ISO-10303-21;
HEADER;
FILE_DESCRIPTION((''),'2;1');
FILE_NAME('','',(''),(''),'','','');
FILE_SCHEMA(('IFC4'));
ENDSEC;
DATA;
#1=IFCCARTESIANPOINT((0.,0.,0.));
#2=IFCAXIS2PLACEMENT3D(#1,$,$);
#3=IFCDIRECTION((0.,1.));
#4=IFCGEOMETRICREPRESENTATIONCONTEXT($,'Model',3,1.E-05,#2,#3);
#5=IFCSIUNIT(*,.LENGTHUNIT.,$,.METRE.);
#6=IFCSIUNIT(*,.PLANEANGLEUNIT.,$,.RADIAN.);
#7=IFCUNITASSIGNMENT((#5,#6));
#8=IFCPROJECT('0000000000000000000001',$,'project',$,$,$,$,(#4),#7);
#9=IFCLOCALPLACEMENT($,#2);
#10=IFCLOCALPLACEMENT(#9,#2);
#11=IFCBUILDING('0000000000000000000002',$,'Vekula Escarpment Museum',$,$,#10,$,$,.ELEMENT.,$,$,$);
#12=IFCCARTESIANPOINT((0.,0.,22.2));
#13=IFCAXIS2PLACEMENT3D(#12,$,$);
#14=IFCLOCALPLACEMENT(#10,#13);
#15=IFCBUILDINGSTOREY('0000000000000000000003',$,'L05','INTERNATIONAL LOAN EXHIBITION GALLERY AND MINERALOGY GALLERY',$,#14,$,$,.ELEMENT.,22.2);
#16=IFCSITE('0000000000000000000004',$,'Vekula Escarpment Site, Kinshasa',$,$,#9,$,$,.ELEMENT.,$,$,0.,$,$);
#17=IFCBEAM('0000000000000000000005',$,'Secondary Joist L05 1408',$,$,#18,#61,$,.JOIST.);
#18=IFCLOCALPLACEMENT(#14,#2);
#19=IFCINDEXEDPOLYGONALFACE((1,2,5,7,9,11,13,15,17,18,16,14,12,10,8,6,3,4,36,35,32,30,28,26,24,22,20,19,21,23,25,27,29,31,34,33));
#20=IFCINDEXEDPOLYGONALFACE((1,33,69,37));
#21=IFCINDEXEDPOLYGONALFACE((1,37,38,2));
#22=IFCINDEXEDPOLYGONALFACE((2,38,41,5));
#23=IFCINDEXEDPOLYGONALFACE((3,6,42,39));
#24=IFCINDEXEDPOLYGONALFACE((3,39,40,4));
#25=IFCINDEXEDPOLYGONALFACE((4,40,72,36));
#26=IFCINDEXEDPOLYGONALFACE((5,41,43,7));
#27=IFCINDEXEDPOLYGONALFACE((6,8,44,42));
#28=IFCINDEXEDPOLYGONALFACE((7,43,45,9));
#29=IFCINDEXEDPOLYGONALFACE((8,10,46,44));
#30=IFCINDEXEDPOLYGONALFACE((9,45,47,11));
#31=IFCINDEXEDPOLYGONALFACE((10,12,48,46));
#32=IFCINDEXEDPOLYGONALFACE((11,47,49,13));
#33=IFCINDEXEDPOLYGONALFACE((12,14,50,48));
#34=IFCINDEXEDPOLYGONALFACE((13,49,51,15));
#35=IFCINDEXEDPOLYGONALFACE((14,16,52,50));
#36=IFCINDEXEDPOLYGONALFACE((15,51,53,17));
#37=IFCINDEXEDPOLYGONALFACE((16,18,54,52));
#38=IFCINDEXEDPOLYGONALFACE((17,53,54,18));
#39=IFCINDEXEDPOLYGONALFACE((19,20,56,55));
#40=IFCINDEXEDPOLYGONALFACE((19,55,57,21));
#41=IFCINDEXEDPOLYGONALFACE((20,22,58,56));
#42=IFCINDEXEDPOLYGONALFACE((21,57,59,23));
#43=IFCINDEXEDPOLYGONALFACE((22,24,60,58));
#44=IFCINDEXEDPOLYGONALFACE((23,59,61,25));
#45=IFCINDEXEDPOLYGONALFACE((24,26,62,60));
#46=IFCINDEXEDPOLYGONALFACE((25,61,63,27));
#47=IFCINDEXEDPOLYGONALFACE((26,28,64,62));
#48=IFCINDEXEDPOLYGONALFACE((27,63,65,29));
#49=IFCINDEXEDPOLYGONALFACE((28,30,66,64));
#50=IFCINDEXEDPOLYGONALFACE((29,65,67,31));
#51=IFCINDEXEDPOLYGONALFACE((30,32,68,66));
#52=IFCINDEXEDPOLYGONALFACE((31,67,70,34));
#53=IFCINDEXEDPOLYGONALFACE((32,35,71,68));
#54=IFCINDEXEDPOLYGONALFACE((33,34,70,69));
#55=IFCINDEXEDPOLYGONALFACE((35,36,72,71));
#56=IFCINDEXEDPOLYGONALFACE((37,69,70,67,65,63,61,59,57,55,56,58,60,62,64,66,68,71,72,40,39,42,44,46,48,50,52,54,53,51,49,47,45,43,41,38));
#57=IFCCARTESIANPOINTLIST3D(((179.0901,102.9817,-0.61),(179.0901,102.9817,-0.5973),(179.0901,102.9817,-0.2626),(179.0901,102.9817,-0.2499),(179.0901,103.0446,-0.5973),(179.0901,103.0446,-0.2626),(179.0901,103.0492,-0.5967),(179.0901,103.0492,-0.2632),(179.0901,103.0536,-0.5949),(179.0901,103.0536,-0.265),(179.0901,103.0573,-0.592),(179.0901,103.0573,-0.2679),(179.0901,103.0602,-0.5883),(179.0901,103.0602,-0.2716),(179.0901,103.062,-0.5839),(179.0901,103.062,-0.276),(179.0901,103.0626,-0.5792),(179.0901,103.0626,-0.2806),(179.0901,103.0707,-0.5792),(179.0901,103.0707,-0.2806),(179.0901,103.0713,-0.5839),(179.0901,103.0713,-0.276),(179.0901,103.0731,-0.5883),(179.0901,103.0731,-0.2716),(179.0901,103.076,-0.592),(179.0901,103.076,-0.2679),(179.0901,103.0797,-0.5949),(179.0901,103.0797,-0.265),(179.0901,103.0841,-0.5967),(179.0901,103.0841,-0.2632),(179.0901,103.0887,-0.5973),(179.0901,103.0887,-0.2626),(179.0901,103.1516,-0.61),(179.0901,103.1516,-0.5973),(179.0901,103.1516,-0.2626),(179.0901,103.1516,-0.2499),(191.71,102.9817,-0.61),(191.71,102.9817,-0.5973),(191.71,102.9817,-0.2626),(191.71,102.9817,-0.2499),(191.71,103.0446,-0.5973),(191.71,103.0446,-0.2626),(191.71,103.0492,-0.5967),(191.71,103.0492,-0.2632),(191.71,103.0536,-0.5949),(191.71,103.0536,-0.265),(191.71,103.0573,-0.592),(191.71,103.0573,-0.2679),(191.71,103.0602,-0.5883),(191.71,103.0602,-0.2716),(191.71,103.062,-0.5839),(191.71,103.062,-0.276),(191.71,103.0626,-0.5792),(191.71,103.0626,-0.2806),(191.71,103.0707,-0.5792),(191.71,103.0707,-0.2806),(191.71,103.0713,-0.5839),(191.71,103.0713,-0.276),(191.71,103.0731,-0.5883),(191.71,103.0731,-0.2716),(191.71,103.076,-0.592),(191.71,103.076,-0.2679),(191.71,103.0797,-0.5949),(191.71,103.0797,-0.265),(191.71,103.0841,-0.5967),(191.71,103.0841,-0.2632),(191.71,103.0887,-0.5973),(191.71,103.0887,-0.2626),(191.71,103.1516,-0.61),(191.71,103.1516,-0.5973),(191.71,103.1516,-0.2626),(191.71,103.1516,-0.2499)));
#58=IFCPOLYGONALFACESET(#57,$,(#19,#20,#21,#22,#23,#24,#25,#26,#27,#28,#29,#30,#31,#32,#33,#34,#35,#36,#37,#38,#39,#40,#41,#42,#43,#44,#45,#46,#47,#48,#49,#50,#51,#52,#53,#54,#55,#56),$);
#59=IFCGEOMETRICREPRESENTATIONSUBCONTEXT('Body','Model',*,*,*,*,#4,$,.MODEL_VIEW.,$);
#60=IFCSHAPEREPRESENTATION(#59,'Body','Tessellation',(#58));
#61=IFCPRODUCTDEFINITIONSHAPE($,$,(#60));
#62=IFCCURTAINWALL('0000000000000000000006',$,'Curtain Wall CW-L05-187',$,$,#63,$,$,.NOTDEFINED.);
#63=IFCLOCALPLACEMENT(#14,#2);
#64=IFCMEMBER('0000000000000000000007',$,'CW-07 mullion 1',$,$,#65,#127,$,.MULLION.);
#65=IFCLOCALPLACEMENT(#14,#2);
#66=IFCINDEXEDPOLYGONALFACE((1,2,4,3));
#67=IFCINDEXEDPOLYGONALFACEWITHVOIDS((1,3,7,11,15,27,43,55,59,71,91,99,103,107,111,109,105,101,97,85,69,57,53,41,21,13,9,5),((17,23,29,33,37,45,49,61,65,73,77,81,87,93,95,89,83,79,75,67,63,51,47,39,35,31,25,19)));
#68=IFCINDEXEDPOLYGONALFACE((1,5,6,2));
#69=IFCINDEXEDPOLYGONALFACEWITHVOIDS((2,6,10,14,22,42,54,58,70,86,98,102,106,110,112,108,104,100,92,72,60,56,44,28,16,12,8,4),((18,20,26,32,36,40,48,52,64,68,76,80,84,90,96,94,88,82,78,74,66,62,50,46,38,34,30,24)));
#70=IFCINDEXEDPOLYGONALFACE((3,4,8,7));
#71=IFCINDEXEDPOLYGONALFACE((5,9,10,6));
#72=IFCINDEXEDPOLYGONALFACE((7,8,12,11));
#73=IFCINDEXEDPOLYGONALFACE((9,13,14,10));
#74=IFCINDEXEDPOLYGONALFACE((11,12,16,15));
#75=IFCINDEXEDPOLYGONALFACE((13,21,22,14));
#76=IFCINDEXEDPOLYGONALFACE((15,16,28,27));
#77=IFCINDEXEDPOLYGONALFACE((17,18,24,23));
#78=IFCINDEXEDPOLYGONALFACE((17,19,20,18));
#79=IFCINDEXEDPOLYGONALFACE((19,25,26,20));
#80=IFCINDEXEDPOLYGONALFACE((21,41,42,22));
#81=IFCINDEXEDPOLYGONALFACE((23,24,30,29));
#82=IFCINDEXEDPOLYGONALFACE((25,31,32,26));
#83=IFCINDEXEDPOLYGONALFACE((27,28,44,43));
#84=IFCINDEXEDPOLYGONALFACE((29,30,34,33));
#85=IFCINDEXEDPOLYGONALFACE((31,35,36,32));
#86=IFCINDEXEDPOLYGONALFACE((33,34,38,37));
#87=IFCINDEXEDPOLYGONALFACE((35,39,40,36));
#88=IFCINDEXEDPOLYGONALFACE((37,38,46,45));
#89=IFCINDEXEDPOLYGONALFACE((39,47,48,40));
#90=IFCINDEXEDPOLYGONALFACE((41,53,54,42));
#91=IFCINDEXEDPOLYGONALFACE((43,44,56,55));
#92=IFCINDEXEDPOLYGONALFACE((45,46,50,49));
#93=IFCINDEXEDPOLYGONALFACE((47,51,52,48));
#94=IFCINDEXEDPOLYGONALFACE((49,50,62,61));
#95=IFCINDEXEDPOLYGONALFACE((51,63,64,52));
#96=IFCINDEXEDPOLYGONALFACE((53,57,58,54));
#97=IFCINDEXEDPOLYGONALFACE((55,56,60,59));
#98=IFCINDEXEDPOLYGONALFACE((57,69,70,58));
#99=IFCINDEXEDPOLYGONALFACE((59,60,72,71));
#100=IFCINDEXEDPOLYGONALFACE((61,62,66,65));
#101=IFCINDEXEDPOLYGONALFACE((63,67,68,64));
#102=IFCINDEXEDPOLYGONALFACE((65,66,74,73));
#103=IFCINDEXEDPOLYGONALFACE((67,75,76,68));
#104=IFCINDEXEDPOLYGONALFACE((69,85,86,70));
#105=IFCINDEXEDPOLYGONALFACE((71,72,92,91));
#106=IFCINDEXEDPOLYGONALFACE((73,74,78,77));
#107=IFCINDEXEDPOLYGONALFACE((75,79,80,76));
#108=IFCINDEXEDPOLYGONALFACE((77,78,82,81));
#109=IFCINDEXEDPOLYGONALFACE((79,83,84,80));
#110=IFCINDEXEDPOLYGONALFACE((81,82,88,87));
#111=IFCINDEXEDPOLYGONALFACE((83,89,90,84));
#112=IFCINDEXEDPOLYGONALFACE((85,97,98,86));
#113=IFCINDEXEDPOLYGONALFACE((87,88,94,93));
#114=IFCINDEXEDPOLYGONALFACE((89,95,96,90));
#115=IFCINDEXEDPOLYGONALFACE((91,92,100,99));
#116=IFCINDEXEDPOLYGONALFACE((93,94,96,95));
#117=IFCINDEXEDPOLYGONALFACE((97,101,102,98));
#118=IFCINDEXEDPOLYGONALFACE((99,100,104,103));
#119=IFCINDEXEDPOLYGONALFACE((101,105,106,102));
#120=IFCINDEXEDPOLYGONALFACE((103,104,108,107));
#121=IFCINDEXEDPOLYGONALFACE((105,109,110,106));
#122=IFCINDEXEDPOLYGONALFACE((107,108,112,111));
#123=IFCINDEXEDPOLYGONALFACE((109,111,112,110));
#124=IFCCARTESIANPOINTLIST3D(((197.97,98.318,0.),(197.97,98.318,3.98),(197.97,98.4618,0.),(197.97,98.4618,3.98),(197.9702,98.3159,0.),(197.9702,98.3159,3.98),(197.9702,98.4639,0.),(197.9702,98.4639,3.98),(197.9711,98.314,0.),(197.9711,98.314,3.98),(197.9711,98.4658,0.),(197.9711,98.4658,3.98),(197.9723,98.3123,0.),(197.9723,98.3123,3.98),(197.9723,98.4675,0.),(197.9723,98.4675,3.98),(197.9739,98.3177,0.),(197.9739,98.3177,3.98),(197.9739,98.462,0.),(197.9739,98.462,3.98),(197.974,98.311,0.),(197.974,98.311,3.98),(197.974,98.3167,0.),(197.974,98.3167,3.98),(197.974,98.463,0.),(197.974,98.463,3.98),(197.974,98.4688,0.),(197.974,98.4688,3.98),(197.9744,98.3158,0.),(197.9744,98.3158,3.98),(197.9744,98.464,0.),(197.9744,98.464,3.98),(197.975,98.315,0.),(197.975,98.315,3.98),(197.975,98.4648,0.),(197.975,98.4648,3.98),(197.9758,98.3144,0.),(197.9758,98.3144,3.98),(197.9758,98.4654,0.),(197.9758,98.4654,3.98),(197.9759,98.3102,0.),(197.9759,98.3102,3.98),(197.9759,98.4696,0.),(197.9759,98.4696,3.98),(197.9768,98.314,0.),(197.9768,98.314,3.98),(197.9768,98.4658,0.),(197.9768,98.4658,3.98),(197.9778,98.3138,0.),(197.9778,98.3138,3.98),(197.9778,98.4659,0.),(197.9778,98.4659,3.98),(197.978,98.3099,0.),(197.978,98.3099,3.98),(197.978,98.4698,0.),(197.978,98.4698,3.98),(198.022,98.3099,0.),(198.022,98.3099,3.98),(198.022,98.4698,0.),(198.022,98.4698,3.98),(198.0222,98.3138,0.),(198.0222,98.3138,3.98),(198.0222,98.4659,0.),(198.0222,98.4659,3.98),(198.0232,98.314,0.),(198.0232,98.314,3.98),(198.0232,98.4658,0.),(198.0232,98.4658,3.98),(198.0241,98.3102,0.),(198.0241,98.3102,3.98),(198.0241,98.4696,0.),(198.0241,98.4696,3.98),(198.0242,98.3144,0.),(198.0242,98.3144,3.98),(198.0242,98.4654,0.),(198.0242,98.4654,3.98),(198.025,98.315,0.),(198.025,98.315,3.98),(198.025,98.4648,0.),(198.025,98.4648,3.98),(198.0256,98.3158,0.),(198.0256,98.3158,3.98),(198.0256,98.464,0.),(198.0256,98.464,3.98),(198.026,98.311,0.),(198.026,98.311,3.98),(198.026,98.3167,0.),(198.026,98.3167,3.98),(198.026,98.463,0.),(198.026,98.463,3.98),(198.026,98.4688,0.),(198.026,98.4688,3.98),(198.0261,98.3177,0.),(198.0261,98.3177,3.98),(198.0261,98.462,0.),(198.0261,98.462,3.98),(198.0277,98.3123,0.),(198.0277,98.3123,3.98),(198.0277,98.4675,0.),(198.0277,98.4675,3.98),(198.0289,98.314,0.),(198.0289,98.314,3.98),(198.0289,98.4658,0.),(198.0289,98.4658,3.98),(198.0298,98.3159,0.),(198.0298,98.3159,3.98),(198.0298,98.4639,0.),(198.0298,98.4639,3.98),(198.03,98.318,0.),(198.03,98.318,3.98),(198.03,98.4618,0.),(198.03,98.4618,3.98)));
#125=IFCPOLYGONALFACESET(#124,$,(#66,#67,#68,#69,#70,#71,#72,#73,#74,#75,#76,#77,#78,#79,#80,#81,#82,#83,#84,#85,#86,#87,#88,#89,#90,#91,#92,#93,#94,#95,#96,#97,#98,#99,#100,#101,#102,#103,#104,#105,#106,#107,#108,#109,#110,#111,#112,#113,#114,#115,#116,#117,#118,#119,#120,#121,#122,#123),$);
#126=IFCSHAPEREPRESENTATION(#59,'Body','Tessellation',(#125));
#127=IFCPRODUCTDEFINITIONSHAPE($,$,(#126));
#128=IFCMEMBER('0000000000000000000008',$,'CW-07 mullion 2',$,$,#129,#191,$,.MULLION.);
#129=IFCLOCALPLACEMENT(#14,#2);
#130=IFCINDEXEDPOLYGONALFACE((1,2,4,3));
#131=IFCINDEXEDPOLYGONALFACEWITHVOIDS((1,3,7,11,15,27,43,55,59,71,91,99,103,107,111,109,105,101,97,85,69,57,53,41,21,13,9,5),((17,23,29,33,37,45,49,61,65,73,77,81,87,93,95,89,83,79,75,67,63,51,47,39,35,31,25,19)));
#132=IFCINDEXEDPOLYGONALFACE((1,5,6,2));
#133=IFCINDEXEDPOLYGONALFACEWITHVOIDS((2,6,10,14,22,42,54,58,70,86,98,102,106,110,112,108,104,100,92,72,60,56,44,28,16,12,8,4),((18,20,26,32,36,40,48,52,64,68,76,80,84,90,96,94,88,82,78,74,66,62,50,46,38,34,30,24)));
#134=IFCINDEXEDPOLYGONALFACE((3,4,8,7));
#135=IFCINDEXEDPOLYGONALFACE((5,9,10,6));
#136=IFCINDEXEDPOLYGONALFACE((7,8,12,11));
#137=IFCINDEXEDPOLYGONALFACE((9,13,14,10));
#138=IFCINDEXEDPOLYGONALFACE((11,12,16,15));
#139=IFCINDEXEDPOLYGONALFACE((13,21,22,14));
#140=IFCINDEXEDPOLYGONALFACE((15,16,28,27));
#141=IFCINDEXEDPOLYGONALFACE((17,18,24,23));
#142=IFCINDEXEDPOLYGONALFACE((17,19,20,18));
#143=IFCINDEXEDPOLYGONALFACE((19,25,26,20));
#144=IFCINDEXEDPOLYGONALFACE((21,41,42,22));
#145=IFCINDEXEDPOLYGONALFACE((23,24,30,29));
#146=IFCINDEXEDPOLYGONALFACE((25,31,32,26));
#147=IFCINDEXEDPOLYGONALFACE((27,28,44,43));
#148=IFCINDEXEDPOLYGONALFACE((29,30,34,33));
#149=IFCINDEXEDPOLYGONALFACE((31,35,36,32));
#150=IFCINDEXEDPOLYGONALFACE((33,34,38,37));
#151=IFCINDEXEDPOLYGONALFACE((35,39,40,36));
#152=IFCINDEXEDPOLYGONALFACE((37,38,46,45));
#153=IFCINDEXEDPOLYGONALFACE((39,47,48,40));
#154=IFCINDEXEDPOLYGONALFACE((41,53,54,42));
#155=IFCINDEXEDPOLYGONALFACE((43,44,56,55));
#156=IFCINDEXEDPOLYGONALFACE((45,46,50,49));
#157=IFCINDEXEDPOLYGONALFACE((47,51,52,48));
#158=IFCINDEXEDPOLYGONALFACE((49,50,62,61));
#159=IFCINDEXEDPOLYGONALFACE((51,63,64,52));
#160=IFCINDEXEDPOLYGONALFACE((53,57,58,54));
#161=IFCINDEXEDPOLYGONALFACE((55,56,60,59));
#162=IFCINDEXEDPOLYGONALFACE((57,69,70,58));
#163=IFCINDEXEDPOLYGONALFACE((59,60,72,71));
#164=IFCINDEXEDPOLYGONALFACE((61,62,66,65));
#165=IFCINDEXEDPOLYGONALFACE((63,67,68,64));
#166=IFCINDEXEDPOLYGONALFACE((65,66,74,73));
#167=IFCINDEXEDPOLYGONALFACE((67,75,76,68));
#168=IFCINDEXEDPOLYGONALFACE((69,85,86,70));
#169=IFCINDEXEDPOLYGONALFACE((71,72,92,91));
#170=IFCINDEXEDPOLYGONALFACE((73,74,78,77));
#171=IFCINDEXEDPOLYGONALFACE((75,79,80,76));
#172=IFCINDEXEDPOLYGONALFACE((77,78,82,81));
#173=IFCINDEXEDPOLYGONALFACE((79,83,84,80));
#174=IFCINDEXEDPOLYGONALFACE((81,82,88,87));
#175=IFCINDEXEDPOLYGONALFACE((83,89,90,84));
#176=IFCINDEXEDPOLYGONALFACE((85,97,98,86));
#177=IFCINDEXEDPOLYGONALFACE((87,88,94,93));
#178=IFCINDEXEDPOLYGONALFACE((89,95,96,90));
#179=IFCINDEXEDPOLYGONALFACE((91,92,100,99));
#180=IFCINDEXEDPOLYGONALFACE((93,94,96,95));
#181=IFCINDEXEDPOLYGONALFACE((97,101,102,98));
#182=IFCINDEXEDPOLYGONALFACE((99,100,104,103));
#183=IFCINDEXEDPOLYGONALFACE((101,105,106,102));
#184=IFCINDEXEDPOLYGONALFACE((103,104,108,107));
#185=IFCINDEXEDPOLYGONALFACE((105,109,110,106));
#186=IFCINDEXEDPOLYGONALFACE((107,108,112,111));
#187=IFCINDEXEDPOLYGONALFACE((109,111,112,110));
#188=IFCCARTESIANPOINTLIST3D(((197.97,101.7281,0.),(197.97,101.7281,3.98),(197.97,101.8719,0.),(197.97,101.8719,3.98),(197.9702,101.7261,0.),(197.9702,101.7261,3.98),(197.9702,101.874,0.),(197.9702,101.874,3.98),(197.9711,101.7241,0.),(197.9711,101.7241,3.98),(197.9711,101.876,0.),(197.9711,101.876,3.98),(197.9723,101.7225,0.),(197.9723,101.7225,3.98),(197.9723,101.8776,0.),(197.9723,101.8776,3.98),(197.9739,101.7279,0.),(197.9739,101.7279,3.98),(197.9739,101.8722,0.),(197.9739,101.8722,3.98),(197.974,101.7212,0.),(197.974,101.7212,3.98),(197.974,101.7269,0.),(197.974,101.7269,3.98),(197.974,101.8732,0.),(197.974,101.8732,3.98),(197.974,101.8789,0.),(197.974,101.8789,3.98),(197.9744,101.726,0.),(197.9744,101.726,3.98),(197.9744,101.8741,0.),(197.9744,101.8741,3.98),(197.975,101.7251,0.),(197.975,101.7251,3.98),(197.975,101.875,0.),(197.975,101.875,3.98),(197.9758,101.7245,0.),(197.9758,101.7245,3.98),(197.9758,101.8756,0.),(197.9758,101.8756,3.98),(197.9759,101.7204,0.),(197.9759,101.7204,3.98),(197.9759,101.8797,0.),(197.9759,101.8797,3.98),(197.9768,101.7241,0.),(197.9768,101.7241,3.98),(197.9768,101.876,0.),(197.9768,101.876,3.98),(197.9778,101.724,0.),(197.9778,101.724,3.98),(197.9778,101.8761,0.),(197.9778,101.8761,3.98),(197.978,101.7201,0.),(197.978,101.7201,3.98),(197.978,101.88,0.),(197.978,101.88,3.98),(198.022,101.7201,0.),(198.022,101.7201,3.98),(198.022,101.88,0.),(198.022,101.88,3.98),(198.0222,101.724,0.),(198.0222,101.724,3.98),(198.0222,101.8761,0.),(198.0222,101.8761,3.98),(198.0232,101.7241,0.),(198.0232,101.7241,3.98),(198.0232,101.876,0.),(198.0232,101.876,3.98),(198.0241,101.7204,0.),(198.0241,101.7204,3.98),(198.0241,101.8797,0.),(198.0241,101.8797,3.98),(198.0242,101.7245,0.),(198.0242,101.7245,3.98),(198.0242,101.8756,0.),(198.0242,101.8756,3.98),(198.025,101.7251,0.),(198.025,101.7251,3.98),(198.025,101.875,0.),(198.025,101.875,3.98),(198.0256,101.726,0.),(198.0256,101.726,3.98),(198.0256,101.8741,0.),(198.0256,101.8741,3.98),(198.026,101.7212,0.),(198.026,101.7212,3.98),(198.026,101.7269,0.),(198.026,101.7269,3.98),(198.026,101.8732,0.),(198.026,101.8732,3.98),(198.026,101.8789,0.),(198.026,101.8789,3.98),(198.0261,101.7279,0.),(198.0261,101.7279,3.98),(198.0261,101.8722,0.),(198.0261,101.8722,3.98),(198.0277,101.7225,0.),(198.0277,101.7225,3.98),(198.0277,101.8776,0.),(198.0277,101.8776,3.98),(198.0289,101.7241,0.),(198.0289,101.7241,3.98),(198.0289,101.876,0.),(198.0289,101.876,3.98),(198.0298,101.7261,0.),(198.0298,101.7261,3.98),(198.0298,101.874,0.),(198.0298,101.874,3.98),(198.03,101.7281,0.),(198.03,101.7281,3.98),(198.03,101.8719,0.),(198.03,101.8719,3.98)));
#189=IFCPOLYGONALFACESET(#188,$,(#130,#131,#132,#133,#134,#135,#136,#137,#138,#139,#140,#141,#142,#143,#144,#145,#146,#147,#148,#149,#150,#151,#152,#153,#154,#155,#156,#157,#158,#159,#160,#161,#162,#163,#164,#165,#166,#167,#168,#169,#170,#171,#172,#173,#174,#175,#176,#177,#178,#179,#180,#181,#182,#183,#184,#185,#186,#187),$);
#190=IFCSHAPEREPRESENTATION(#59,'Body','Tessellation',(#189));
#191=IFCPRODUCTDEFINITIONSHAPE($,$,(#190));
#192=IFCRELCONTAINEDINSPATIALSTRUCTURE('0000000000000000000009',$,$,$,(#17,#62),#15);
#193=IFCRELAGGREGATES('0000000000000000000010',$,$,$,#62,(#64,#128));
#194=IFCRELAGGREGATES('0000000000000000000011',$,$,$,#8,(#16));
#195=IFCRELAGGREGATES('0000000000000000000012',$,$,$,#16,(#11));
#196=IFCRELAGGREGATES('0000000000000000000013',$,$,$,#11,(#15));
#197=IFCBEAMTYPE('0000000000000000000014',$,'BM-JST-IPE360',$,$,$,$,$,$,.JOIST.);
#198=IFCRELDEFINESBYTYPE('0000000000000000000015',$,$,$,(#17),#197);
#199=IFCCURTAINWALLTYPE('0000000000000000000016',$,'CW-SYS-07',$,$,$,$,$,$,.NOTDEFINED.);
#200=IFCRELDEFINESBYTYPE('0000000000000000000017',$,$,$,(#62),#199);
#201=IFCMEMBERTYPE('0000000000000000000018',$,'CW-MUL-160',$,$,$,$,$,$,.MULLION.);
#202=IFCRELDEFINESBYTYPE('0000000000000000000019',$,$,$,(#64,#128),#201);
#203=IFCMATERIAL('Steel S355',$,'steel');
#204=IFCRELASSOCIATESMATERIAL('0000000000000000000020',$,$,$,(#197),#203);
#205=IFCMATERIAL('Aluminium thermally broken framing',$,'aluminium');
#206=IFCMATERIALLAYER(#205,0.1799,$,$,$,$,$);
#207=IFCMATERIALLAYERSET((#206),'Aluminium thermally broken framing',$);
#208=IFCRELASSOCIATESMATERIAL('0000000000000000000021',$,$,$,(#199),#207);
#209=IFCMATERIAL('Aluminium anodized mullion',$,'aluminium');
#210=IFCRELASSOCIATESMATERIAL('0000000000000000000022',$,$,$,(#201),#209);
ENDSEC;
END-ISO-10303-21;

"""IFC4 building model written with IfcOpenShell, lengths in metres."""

from ifc_helpers import new_model, si_unit, direction, frame, origin, origin_2d, place, context, subcontext, project, spatial, hollow_rectangle, i_section, extrude, material, layer, layer_set, material_profile, profile_set, type_object, element, aggregate, save


model = new_model("IFC4")

# Units and contexts
model_context = context("Model", 3, precision=1e-05, world=origin(), true_north=direction((0.0, 1.0)))
body_context = subcontext(model_context, "Body", "Model", "MODEL_VIEW")
ifc_project = project(units=[si_unit("LENGTHUNIT", "METRE"), si_unit("PLANEANGLEUNIT", "RADIAN")], contexts=[model_context])

# Site, building, storey
site_placement = place(None, origin())
site = spatial("IfcSite", under=ifc_project, at=site_placement, Name="Vekula Escarpment Site, Kinshasa", CompositionType="ELEMENT", RefElevation=0.0)
building_placement = place(site_placement, origin())
building = spatial("IfcBuilding", under=site, at=building_placement, Name="Vekula Escarpment Museum", CompositionType="ELEMENT")
storey_placement = place(building_placement, frame((0.0, 0.0, 22.2)))
storey = spatial("IfcBuildingStorey", under=building, at=storey_placement, Name="L05", Description="INTERNATIONAL LOAN EXHIBITION GALLERY AND MINERALOGY GALLERY", CompositionType="ELEMENT", Elevation=22.2)

# Beam
ifc_material_1 = material(Name="Steel S355", Category="steel")
ifc_material_profile_1 = material_profile(ifc_material_1, i_section(OverallWidth=0.1699, OverallDepth=0.3601, WebThickness=0.0081, FlangeThickness=0.0127, FilletRadius=0.0181, at=origin_2d()), Name="IPE 360")
ifc_profile_set_1 = profile_set([ifc_material_profile_1], Name="Steel S355")
beam_type_1 = type_object("IfcBeamType", Name="BM-JST-IPE360", PredefinedType="JOIST", material=ifc_profile_set_1)
beam_1_placement = place(storey_placement, frame((179.0901, 103.0667, -0.4299), z_axis=(1.0, 0.0, 0.0), x_axis=(0.0, 1.0, 0.0)))
element("IfcBeam", 1, at=beam_1_placement, inside=storey, type_object=beam_type_1, Name="Secondary Joist L05 1408", PredefinedType="JOIST", context=body_context, shape_type="SweptSolid", body=[
    extrude(i_section(OverallWidth=0.1699, OverallDepth=0.3601, WebThickness=0.0081, FlangeThickness=0.0127, FilletRadius=0.0181, at=origin_2d()), origin(), (0.0, 0.0, 1.0), 12.6199),
])

# Curtain wall, members
ifc_material_2 = material(Name="Aluminium thermally broken framing", Category="aluminium")
ifc_layer_1 = layer(ifc_material_2, 0.1799)
ifc_layer_set_1 = layer_set([ifc_layer_1], Name="Aluminium thermally broken framing")
curtain_wall_type = type_object("IfcCurtainWallType", Name="CW-SYS-07", PredefinedType="NOTDEFINED", material=ifc_layer_set_1)
curtain_wall_placement = place(storey_placement, origin())
curtain_wall = element("IfcCurtainWall", 2, at=curtain_wall_placement, inside=storey, type_object=curtain_wall_type, Name="Curtain Wall CW-L05-187", PredefinedType="NOTDEFINED")
ifc_material_3 = material(Name="Aluminium anodized mullion", Category="aluminium")
ifc_material_profile_2 = material_profile(ifc_material_3, hollow_rectangle(XDim=0.0601, YDim=0.1599, WallThickness=0.0039, InnerFilletRadius=0.0039, OuterFilletRadius=0.0081, at=origin_2d()), Name="ALU 160x60x4")
ifc_profile_set_2 = profile_set([ifc_material_profile_2], Name="Aluminium anodized mullion")
member_type_1 = type_object("IfcMemberType", Name="CW-MUL-160", PredefinedType="MULLION", material=ifc_profile_set_2)
member_1_placement = place(storey_placement, frame((198.0, 98.3899, 0.0), z_axis=(0.0, 0.0, 1.0), x_axis=(-1.0, 0.0, 0.0)))
member_1 = element("IfcMember", 3, at=member_1_placement, type_object=member_type_1, Name="CW-07 mullion 1", PredefinedType="MULLION", context=body_context, shape_type="SweptSolid", body=[
    extrude(hollow_rectangle(XDim=0.0601, YDim=0.1599, WallThickness=0.0039, InnerFilletRadius=0.0039, OuterFilletRadius=0.0081, at=origin_2d()), origin(), (0.0, 0.0, 1.0), 3.98),
])
member_2_placement = place(storey_placement, frame((198.0, 101.8, 0.0), z_axis=(0.0, 0.0, 1.0), x_axis=(-1.0, 0.0, 0.0)))
member_2 = element("IfcMember", 4, at=member_2_placement, type_object=member_type_1, Name="CW-07 mullion 2", PredefinedType="MULLION", context=body_context, shape_type="SweptSolid", body=[
    extrude(hollow_rectangle(XDim=0.0601, YDim=0.1599, WallThickness=0.0039, InnerFilletRadius=0.0039, OuterFilletRadius=0.0081, at=origin_2d()), origin(), (0.0, 0.0, 1.0), 3.98),
])
aggregate(curtain_wall, [member_1, member_2])

save(model, "model.ifc")
